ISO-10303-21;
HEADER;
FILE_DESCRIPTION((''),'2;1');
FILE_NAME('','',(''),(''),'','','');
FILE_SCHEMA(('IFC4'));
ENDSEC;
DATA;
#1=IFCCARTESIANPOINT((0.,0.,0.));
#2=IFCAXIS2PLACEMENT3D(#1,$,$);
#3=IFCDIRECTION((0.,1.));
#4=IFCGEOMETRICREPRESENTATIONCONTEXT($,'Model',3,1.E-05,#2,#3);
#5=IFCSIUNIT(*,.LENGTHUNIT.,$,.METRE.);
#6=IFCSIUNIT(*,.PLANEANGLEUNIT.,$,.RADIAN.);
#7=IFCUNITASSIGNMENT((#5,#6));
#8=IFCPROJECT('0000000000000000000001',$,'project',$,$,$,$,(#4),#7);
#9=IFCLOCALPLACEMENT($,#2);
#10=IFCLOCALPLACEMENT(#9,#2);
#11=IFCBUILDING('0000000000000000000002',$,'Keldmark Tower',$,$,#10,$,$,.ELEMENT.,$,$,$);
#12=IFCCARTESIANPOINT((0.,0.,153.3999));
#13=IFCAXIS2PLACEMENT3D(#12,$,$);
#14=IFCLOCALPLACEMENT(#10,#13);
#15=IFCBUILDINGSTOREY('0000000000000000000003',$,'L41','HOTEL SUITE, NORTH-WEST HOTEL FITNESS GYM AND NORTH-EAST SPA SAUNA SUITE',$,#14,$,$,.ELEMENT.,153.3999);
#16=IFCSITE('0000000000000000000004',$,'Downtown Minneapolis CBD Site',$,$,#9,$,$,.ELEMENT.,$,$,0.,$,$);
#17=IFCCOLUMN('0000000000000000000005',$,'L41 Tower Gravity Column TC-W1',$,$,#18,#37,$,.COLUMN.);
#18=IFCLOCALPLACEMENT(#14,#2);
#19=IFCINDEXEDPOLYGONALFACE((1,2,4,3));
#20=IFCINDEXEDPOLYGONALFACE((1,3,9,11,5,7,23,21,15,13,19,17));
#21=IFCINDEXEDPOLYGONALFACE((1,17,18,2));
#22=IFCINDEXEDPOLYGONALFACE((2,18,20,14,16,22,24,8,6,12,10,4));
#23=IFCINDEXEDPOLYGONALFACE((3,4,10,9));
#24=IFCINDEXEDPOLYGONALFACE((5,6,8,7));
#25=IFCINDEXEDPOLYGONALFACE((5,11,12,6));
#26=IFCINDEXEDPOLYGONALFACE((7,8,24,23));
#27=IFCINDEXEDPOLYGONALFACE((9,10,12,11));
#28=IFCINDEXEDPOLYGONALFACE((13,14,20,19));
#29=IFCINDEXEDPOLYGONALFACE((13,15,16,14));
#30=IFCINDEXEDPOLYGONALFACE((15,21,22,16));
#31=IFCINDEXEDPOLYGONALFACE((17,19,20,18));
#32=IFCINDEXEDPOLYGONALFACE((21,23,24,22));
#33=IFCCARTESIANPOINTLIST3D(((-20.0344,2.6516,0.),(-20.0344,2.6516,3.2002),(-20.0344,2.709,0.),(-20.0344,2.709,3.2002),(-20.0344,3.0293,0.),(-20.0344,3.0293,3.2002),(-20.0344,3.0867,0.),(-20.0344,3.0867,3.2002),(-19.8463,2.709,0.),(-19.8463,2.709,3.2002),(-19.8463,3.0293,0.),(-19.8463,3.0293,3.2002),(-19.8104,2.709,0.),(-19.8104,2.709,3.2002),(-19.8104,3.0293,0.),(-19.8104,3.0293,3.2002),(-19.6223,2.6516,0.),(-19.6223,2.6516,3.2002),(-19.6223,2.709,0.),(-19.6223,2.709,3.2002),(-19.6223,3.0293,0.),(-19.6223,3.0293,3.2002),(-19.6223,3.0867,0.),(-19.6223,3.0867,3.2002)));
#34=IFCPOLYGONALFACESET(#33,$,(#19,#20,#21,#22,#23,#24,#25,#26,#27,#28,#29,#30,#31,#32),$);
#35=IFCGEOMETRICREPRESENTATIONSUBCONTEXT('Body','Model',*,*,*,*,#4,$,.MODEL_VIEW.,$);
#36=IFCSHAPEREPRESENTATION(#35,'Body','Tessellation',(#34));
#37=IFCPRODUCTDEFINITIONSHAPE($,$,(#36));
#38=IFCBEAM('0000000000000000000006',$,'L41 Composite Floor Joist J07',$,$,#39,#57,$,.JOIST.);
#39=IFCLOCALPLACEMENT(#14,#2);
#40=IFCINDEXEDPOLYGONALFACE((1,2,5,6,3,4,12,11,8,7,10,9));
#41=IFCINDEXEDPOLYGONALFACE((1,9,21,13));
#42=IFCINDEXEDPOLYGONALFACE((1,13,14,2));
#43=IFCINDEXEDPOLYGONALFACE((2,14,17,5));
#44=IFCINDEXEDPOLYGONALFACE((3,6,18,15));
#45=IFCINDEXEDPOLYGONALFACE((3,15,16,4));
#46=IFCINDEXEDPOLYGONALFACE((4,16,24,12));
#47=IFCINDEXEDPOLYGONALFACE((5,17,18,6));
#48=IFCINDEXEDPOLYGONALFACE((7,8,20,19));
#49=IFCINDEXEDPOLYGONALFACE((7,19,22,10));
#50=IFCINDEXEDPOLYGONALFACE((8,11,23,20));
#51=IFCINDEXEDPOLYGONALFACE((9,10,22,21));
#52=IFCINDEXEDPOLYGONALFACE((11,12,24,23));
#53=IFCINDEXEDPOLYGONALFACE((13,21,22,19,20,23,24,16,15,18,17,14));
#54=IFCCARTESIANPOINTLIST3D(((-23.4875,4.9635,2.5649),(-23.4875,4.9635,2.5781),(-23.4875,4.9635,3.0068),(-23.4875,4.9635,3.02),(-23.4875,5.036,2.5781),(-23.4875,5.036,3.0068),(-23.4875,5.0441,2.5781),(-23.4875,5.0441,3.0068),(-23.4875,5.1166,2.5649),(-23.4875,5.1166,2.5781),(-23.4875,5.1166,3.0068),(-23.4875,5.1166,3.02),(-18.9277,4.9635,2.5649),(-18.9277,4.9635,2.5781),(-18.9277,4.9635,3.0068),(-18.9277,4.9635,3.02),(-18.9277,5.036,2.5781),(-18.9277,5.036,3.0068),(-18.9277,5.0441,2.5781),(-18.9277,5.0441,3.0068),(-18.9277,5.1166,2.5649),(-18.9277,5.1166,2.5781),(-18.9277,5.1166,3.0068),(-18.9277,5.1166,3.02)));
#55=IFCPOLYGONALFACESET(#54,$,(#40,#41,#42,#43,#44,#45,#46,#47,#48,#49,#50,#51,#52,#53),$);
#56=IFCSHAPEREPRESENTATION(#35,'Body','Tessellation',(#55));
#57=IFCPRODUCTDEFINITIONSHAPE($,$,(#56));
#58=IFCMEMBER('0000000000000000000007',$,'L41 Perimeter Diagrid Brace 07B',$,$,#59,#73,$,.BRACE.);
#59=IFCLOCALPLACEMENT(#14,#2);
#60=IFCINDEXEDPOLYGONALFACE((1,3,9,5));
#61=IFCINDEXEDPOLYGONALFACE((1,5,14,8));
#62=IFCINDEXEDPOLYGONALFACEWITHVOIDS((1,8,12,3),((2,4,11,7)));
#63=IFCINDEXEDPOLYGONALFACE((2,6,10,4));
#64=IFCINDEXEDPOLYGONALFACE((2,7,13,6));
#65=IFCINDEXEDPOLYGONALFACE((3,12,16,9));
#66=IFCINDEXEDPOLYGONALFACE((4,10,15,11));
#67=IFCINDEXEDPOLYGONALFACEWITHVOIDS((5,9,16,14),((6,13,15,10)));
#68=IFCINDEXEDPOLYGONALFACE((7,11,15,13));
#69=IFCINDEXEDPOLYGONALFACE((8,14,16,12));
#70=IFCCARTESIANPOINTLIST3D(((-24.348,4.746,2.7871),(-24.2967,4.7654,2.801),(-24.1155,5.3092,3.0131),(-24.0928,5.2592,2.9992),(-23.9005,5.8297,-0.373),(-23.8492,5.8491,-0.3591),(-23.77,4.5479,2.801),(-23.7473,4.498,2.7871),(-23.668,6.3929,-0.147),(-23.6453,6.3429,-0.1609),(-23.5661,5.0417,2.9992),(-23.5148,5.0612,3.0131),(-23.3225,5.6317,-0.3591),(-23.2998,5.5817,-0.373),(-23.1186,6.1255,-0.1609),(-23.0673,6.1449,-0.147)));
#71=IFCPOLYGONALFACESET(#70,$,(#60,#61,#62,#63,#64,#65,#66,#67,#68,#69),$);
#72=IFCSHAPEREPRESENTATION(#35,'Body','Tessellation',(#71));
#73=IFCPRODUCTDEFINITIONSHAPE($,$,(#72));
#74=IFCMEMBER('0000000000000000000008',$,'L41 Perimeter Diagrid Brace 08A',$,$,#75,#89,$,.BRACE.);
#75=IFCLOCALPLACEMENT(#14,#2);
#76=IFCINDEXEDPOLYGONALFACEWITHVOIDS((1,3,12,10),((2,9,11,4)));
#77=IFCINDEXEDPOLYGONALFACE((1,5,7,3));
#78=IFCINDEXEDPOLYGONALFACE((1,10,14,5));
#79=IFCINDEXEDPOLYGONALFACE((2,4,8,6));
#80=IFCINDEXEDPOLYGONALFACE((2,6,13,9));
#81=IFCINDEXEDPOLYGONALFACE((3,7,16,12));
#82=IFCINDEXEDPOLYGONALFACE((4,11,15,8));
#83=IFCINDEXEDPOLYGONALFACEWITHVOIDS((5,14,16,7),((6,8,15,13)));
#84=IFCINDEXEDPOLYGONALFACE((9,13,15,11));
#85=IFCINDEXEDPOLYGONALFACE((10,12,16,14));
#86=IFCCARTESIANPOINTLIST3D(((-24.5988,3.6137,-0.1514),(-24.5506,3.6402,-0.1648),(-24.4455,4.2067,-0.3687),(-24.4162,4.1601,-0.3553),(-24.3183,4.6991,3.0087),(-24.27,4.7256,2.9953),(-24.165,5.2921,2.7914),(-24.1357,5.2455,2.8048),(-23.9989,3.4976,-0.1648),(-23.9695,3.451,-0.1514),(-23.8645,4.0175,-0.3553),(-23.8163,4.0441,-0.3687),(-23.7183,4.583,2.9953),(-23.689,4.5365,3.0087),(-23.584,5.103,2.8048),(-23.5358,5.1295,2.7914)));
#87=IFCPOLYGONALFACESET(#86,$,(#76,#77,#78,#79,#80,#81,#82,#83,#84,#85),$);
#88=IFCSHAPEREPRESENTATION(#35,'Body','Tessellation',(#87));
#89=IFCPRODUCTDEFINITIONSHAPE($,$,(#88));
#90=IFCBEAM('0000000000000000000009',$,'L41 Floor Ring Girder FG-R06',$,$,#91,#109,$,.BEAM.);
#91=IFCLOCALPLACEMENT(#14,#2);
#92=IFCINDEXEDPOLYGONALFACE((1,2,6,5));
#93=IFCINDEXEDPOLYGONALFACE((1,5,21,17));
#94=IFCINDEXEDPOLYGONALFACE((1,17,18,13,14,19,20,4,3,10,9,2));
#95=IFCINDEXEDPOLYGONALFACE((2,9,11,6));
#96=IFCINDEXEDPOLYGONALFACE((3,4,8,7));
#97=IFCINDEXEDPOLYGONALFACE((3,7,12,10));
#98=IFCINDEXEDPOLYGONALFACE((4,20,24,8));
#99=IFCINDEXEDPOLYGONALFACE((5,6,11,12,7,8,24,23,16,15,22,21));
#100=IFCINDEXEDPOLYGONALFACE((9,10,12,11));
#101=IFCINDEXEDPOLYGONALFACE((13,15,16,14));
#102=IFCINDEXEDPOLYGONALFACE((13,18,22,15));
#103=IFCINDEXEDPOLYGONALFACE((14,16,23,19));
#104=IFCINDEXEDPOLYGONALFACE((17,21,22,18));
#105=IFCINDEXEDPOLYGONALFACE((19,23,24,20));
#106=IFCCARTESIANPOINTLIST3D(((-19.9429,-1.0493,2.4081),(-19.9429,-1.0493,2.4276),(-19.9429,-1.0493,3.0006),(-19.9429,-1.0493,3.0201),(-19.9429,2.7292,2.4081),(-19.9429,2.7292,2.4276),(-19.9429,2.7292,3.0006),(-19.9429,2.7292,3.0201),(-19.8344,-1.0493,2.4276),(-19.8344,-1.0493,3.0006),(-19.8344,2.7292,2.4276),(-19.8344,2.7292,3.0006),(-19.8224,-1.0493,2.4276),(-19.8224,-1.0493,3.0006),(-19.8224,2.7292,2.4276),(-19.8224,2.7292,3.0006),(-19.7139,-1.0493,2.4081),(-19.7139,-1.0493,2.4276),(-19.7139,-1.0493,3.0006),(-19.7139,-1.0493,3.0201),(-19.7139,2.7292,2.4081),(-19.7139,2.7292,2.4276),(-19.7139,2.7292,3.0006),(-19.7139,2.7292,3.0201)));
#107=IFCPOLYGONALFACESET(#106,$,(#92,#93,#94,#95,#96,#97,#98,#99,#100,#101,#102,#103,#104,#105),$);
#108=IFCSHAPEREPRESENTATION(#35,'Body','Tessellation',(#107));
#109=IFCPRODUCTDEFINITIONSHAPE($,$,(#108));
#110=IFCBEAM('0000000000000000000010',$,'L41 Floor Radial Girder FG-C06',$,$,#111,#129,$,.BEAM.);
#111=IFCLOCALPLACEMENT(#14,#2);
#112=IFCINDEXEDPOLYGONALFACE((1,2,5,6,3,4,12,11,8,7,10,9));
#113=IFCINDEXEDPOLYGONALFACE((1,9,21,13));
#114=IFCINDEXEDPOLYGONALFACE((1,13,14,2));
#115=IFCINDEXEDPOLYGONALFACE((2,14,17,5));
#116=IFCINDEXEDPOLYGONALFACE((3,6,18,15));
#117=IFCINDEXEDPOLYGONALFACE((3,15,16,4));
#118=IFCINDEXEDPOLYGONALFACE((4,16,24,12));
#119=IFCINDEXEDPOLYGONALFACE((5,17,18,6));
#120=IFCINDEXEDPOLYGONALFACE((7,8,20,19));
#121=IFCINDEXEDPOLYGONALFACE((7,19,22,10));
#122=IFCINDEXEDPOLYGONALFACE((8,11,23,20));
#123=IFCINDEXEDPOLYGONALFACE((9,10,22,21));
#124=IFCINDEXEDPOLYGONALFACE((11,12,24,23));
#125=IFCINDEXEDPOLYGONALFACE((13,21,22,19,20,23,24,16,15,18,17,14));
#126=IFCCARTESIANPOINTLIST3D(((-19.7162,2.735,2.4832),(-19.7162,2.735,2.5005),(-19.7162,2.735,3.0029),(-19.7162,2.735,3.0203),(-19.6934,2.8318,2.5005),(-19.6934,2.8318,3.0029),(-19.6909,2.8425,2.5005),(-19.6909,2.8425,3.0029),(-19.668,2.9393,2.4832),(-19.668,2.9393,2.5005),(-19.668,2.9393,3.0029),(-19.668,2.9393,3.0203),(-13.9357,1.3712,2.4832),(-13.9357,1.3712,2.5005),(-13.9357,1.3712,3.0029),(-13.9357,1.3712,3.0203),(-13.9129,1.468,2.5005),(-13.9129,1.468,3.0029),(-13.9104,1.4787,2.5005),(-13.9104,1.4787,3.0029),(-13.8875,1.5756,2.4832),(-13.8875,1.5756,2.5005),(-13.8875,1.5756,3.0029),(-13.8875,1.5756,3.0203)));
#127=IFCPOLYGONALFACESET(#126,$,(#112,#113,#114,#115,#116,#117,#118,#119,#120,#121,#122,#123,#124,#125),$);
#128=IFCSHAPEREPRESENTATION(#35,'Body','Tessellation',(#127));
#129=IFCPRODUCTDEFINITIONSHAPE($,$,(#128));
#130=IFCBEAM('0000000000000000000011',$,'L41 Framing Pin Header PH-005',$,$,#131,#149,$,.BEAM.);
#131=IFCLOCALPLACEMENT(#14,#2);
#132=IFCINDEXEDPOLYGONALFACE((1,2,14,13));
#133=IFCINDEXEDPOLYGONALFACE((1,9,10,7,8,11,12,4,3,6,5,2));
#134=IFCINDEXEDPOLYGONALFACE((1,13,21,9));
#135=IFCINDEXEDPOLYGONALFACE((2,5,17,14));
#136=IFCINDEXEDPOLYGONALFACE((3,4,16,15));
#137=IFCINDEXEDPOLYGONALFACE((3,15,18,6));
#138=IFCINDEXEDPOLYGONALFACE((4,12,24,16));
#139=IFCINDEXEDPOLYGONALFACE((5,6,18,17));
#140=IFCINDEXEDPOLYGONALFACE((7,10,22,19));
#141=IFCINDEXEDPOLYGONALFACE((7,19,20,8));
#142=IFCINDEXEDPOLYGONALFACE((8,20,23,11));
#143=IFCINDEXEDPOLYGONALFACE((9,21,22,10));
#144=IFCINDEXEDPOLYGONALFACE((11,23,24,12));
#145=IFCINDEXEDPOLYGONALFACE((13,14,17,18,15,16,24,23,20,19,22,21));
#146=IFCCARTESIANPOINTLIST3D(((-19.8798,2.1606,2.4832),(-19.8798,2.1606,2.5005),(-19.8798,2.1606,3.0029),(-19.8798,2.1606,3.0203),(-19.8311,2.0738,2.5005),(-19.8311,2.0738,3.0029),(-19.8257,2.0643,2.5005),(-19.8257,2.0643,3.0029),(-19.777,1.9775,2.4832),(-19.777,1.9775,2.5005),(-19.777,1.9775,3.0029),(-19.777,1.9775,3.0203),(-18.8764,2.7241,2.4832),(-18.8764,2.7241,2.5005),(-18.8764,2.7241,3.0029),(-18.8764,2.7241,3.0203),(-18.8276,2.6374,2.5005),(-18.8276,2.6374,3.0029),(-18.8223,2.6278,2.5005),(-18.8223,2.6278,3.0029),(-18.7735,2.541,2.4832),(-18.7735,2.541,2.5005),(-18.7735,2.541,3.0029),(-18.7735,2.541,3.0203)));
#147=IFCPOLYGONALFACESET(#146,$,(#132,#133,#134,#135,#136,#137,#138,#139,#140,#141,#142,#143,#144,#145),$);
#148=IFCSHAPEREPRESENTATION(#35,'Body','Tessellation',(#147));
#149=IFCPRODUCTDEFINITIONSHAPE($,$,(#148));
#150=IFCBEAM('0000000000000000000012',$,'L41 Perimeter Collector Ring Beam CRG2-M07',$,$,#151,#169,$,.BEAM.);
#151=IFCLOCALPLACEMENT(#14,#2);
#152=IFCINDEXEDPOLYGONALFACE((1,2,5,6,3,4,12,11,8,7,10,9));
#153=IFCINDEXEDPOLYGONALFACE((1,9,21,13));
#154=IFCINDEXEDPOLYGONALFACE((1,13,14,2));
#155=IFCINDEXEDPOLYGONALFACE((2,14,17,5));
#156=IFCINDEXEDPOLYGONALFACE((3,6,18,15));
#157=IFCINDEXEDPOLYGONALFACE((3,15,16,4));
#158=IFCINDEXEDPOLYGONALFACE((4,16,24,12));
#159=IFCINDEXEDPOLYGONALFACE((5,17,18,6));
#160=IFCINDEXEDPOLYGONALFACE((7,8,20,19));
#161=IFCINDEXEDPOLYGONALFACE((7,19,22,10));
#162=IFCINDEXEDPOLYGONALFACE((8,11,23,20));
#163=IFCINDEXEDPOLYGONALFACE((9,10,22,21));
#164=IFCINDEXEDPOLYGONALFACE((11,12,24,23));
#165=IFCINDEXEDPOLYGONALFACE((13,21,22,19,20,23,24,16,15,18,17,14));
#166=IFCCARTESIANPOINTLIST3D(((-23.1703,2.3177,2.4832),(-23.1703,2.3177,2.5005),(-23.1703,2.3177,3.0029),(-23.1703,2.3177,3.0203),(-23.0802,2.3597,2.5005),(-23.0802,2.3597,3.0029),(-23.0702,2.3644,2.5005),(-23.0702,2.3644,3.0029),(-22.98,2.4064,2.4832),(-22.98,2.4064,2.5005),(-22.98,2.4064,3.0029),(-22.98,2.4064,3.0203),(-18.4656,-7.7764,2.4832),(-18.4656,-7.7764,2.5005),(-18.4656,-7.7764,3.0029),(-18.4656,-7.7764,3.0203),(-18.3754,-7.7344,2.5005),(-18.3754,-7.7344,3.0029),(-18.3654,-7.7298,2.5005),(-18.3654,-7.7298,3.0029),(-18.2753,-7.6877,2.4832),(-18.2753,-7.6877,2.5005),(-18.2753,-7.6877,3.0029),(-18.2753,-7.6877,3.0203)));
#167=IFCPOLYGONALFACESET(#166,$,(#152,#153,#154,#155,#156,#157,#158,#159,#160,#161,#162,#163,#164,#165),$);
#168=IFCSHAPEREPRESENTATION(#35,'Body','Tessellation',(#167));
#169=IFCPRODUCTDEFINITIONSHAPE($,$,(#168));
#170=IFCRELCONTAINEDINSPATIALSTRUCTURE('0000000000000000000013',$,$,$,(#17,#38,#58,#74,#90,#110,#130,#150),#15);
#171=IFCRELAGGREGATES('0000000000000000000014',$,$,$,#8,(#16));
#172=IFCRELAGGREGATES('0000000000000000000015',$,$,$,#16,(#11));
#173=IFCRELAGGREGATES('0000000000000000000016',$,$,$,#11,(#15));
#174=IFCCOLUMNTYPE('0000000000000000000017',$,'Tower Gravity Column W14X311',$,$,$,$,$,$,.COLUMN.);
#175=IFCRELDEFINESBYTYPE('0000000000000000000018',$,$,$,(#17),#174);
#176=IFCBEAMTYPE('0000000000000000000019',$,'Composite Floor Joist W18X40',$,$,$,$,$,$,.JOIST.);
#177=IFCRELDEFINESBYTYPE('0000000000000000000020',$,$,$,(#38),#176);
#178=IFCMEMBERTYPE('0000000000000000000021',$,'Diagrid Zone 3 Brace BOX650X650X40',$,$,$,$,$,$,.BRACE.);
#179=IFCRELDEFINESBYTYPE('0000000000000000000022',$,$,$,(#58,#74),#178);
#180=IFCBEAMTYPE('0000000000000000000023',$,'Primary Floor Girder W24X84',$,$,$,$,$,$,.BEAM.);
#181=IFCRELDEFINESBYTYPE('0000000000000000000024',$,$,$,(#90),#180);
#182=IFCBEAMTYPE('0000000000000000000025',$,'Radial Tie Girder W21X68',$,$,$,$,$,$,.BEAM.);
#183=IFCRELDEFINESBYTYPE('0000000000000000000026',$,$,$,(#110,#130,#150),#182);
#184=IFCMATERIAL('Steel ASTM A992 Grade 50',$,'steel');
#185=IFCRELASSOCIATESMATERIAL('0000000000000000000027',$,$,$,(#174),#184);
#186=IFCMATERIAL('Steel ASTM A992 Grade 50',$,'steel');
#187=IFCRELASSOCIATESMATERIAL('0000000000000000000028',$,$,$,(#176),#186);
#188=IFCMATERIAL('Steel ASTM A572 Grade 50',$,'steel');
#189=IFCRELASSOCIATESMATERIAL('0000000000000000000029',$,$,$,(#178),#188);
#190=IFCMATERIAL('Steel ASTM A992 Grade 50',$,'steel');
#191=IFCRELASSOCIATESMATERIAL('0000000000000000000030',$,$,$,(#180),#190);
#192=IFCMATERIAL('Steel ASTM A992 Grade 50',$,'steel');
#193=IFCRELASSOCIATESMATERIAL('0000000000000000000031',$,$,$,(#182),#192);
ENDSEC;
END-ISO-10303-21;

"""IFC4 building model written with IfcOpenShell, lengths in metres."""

from ifc_helpers import new_model, si_unit, direction, frame, origin, origin_2d, place, context, subcontext, project, spatial, hollow_rectangle, i_section, extrude, material, material_profile, profile_set, type_object, element, save


model = new_model("IFC4")

# Units and contexts
model_context = context("Model", 3, precision=1e-05, world=origin(), true_north=direction((0.0, 1.0)))
body_context = subcontext(model_context, "Body", "Model", "MODEL_VIEW")
ifc_project = project(units=[si_unit("LENGTHUNIT", "METRE"), si_unit("PLANEANGLEUNIT", "RADIAN")], contexts=[model_context])

# Site, building, storey
site_placement = place(None, origin())
site = spatial("IfcSite", under=ifc_project, at=site_placement, Name="Downtown Minneapolis CBD Site", CompositionType="ELEMENT", RefElevation=0.0)
building_placement = place(site_placement, origin())
building = spatial("IfcBuilding", under=site, at=building_placement, Name="Keldmark Tower", CompositionType="ELEMENT")
storey_placement = place(building_placement, frame((0.0, 0.0, 153.3999)))
storey = spatial("IfcBuildingStorey", under=building, at=storey_placement, Name="L41", Description="HOTEL SUITE, NORTH-WEST HOTEL FITNESS GYM AND NORTH-EAST SPA SAUNA SUITE", CompositionType="ELEMENT", Elevation=153.3999)

# Column
ifc_material_1 = material(Name="Steel ASTM A992 Grade 50", Category="steel")
ifc_material_profile_1 = material_profile(ifc_material_1, i_section(OverallWidth=0.4121, OverallDepth=0.4351, WebThickness=0.0359, FlangeThickness=0.0574, at=origin_2d()), Name="W14X311")
ifc_profile_set_1 = profile_set([ifc_material_profile_1], Name="Steel ASTM A992 Grade 50")
column_type = type_object("IfcColumnType", Name="Tower Gravity Column W14X311", PredefinedType="COLUMN", material=ifc_profile_set_1)
column_placement = place(storey_placement, frame((-19.8284, 2.8691, 0.0), z_axis=(0.0, 0.0, 1.0), x_axis=(1.0, 0.0, 0.0)))
element("IfcColumn", 1, at=column_placement, inside=storey, type_object=column_type, Name="L41 Tower Gravity Column TC-W1", PredefinedType="COLUMN", context=body_context, shape_type="SweptSolid", body=[
    extrude(i_section(OverallWidth=0.4121, OverallDepth=0.4351, WebThickness=0.0359, FlangeThickness=0.0574, at=origin_2d()), origin(), (0.0, 0.0, 1.0), 3.2002),
])

# Beam
ifc_material_2 = material(Name="Steel ASTM A992 Grade 50", Category="steel")
ifc_material_profile_2 = material_profile(ifc_material_2, i_section(OverallWidth=0.1531, OverallDepth=0.4551, WebThickness=0.0081, FlangeThickness=0.0132, at=origin_2d()), Name="W18X40")
ifc_profile_set_2 = profile_set([ifc_material_profile_2], Name="Steel ASTM A992 Grade 50")
beam_type_1 = type_object("IfcBeamType", Name="Composite Floor Joist W18X40", PredefinedType="JOIST", material=ifc_profile_set_2)
beam_1_placement = place(storey_placement, frame((-23.4875, 5.04, 2.7925), z_axis=(1.0, 0.0, 0.0), x_axis=(0.0, 1.0, 0.0)))
element("IfcBeam", 2, at=beam_1_placement, inside=storey, type_object=beam_type_1, Name="L41 Composite Floor Joist J07", PredefinedType="JOIST", context=body_context, shape_type="SweptSolid", body=[
    extrude(i_section(OverallWidth=0.1531, OverallDepth=0.4551, WebThickness=0.0081, FlangeThickness=0.0132, at=origin_2d()), origin(), (0.0, 0.0, 1.0), 4.5598),
])

# Members
ifc_material_3 = material(Name="Steel ASTM A572 Grade 50", Category="steel")
ifc_material_profile_3 = material_profile(ifc_material_3, hollow_rectangle(XDim=0.6499, YDim=0.6499, WallThickness=0.04, at=origin_2d()), Name="BOX650X650X40")
ifc_profile_set_3 = profile_set([ifc_material_profile_3], Name="Steel ASTM A572 Grade 50")
member_type = type_object("IfcMemberType", Name="Diagrid Zone 3 Brace BOX650X650X40", PredefinedType="BRACE", material=ifc_profile_set_3)
member_1_placement = place(storey_placement, frame((-23.4839, 5.9873, -0.26), z_axis=(-0.132766, -0.321522, 0.937548), x_axis=(0.924298, -0.381671, 0.0)))
element("IfcMember", 3, at=member_1_placement, inside=storey, type_object=member_type, Name="L41 Perimeter Diagrid Brace 07B", PredefinedType="BRACE", context=body_context, shape_type="SweptSolid", body=[
    extrude(hollow_rectangle(XDim=0.6499, YDim=0.6499, WallThickness=0.04, at=origin_2d()), origin(), (0.0, 0.0, 1.0), 3.3706),
])
member_2_placement = place(storey_placement, frame((-24.2075, 3.8289, -0.26), z_axis=(0.083658, 0.323712, 0.94245), x_axis=(-0.968191, 0.250214, 0.0)))
element("IfcMember", 4, at=member_2_placement, inside=storey, type_object=member_type, Name="L41 Perimeter Diagrid Brace 08A", PredefinedType="BRACE", context=body_context, shape_type="SweptSolid", body=[
    extrude(hollow_rectangle(XDim=0.6499, YDim=0.6499, WallThickness=0.04, at=origin_2d()), origin(), (0.0, 0.0, 1.0), 3.353),
])

# Beams
ifc_material_4 = material(Name="Steel ASTM A992 Grade 50", Category="steel")
ifc_material_profile_4 = material_profile(ifc_material_4, i_section(OverallWidth=0.229, OverallDepth=0.6121, WebThickness=0.012, FlangeThickness=0.0195, at=origin_2d()), Name="W24X84")
ifc_profile_set_4 = profile_set([ifc_material_profile_4], Name="Steel ASTM A992 Grade 50")
beam_type_2 = type_object("IfcBeamType", Name="Primary Floor Girder W24X84", PredefinedType="BEAM", material=ifc_profile_set_4)
beam_2_placement = place(storey_placement, frame((-19.8284, 2.7292, 2.7141), z_axis=(0.0, -1.0, 0.0), x_axis=(1.0, 0.0, 0.0)))
element("IfcBeam", 5, at=beam_2_placement, inside=storey, type_object=beam_type_2, Name="L41 Floor Ring Girder FG-R06", PredefinedType="BEAM", context=body_context, shape_type="SweptSolid", body=[
    extrude(i_section(OverallWidth=0.229, OverallDepth=0.6121, WebThickness=0.012, FlangeThickness=0.0195, at=origin_2d()), origin(), (0.0, 0.0, 1.0), 3.7786),
])
ifc_material_5 = material(Name="Steel ASTM A992 Grade 50", Category="steel")
ifc_material_profile_5 = material_profile(ifc_material_5, i_section(OverallWidth=0.21, OverallDepth=0.5371, WebThickness=0.011, FlangeThickness=0.0173, at=origin_2d()), Name="W21X68")
ifc_profile_set_5 = profile_set([ifc_material_profile_5], Name="Steel ASTM A992 Grade 50")
beam_type_3 = type_object("IfcBeamType", Name="Radial Tie Girder W21X68", PredefinedType="BEAM", material=ifc_profile_set_5)
beam_3_placement = place(storey_placement, frame((-19.6921, 2.8372, 2.7517), z_axis=(0.97328, -0.229621, 0.0), x_axis=(0.229621, 0.97328, 0.0)))
element("IfcBeam", 6, at=beam_3_placement, inside=storey, type_object=beam_type_3, Name="L41 Floor Radial Girder FG-C06", PredefinedType="BEAM", context=body_context, shape_type="SweptSolid", body=[
    extrude(i_section(OverallWidth=0.21, OverallDepth=0.5371, WebThickness=0.011, FlangeThickness=0.0173, at=origin_2d()), origin(), (0.0, 0.0, 1.0), 5.9392),
])
beam_4_placement = place(storey_placement, frame((-18.825, 2.6326, 2.7517), z_axis=(-0.871927, -0.489637, 0.0), x_axis=(0.489637, -0.871927, 0.0)))
element("IfcBeam", 7, at=beam_4_placement, inside=storey, type_object=beam_type_3, Name="L41 Framing Pin Header PH-005", PredefinedType="BEAM", context=body_context, shape_type="SweptSolid", body=[
    extrude(i_section(OverallWidth=0.21, OverallDepth=0.5371, WebThickness=0.011, FlangeThickness=0.0173, at=origin_2d()), origin(), (0.0, 0.0, 1.0), 1.1509),
])
beam_5_placement = place(storey_placement, frame((-23.0752, 2.3621, 2.7517), z_axis=(0.422457, -0.906383, 0.0), x_axis=(0.906383, 0.422457, 0.0)))
element("IfcBeam", 8, at=beam_5_placement, inside=storey, type_object=beam_type_3, Name="L41 Perimeter Collector Ring Beam CRG2-M07", PredefinedType="BEAM", context=body_context, shape_type="SweptSolid", body=[
    extrude(i_section(OverallWidth=0.21, OverallDepth=0.5371, WebThickness=0.011, FlangeThickness=0.0173, at=origin_2d()), origin(), (0.0, 0.0, 1.0), 11.1367),
])

save(model, "model.ifc")
